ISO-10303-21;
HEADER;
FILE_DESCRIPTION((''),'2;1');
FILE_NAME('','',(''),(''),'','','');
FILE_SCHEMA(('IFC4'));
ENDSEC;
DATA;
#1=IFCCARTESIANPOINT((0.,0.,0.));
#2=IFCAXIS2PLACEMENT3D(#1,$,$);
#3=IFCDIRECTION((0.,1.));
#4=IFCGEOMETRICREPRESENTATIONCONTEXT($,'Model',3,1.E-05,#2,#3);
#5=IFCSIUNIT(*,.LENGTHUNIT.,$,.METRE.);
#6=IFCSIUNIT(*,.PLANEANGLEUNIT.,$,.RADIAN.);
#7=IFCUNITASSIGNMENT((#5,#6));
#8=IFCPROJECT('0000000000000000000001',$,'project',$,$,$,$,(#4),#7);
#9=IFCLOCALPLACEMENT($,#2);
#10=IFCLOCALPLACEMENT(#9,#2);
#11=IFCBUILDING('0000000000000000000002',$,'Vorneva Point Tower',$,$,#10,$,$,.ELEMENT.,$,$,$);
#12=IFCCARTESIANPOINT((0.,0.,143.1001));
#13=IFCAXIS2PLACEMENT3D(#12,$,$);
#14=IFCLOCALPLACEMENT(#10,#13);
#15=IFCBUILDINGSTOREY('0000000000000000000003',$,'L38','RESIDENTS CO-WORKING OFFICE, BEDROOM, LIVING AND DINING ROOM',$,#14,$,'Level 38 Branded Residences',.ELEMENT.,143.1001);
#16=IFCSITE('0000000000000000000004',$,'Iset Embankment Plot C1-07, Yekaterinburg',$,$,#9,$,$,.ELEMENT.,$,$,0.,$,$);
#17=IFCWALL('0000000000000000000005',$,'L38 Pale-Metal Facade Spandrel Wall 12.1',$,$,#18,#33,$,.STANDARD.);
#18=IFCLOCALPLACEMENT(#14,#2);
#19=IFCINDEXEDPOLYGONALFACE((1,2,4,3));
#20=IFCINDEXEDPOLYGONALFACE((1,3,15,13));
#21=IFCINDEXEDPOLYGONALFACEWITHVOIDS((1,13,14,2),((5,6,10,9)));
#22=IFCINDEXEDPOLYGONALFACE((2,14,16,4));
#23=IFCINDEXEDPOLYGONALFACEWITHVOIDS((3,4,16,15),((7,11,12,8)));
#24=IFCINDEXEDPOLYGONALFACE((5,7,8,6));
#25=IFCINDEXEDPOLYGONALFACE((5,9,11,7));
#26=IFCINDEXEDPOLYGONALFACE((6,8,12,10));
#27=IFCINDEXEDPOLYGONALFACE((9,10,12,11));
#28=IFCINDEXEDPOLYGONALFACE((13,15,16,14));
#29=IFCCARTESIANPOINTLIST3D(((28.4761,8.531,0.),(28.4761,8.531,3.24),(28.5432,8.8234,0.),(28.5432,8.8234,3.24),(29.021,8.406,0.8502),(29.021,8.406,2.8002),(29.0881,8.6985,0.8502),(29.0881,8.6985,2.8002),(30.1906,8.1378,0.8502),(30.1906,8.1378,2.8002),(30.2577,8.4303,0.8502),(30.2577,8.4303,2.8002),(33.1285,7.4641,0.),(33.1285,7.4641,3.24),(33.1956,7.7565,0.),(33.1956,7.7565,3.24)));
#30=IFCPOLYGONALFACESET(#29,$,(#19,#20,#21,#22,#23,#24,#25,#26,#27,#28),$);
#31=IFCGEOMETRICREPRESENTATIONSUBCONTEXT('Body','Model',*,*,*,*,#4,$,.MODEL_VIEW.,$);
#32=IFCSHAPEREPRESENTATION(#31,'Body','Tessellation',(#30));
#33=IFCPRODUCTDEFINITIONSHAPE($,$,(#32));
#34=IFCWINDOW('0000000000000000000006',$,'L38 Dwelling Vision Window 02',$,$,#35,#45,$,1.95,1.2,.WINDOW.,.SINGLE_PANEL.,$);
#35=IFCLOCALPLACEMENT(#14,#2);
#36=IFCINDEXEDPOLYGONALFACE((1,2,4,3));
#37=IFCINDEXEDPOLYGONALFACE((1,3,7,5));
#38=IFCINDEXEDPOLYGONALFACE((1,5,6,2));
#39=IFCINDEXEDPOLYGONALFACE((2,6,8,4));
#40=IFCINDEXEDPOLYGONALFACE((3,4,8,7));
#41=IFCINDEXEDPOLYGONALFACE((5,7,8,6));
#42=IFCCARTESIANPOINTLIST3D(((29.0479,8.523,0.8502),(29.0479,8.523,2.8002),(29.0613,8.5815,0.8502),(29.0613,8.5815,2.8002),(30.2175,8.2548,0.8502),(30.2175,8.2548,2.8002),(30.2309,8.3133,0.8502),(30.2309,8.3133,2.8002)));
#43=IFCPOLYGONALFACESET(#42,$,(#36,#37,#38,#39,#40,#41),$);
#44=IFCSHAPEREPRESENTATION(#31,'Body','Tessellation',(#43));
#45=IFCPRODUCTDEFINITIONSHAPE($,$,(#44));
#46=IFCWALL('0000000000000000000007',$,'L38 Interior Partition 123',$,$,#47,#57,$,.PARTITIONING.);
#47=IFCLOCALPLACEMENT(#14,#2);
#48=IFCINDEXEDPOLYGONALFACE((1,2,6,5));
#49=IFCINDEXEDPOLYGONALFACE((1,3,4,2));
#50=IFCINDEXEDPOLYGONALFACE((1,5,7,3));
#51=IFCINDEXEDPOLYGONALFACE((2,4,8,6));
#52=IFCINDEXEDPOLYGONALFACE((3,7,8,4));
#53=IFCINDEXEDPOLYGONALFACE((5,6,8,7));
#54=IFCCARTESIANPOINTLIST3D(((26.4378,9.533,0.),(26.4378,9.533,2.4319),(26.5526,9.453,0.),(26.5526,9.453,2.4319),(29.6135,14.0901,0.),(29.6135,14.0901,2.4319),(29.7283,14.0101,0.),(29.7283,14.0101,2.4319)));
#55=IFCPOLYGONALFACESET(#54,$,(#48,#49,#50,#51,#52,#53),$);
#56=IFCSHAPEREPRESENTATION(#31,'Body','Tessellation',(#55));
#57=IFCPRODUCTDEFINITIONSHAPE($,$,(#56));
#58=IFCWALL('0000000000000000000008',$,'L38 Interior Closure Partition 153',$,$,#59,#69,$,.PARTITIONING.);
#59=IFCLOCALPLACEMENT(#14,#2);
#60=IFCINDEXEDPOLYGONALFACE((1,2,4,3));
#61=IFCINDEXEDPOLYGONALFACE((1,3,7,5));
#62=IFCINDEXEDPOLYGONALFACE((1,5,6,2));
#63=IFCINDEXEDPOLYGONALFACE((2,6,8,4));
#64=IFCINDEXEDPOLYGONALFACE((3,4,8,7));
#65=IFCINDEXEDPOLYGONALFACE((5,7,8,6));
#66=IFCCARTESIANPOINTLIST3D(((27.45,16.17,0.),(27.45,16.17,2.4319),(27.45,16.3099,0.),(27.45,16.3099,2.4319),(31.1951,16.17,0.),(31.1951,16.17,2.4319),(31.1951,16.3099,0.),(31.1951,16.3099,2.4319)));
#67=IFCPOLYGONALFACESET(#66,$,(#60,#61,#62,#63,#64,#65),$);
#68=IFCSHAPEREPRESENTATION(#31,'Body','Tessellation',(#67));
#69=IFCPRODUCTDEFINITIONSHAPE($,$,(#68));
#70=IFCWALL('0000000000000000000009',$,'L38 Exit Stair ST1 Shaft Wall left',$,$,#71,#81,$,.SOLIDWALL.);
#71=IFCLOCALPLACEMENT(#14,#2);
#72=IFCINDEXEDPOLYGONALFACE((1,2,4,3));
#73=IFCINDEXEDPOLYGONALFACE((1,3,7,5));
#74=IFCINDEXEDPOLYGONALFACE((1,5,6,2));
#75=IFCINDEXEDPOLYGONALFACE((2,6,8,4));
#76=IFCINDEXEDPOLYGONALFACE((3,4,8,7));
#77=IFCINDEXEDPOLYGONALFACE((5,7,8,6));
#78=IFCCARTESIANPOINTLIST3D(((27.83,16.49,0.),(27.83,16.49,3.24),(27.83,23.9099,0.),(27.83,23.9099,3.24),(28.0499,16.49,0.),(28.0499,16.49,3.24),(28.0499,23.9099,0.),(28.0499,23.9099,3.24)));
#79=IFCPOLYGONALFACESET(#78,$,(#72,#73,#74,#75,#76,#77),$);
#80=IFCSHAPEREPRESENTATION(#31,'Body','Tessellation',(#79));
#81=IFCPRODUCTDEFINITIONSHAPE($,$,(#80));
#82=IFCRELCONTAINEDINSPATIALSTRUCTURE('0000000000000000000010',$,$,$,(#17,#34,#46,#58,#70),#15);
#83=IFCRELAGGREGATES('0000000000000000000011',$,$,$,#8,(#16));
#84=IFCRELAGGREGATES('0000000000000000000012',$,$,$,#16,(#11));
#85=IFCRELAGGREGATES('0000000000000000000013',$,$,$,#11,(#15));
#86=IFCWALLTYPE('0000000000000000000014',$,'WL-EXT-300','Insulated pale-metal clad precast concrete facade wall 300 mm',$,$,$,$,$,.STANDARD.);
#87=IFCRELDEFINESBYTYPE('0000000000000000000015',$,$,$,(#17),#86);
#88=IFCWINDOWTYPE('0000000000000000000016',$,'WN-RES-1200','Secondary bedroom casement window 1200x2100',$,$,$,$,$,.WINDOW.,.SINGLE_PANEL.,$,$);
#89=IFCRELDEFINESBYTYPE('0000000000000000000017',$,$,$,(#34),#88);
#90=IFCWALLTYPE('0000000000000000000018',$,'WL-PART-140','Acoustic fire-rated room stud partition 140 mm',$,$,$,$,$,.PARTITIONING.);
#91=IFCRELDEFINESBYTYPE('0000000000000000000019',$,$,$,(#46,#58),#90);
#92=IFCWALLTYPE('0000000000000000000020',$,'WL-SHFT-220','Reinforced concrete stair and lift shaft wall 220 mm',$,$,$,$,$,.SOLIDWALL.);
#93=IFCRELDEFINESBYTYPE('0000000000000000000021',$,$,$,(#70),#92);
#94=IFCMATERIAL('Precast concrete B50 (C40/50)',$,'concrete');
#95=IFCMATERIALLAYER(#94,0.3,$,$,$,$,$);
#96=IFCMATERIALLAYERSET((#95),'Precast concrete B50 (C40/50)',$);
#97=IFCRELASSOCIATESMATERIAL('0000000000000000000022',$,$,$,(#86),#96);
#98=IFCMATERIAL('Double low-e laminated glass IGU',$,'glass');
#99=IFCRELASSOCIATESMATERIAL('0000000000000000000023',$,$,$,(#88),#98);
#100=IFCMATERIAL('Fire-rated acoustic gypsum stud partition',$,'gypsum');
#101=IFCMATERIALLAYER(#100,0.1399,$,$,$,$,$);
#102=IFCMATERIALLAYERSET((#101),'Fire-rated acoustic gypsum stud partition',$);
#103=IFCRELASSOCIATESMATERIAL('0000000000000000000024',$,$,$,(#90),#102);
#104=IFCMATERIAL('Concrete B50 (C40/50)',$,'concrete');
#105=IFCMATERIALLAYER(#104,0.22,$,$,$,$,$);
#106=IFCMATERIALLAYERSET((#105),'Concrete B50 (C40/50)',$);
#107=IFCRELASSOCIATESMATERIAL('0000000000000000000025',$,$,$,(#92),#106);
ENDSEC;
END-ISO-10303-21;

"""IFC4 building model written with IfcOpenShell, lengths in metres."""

from ifc_helpers import new_model, si_unit, direction, frame, frame_2d, origin, place, context, subcontext, project, spatial, rectangle, extrude, material, layer, layer_set, type_object, element, fill, save


model = new_model("IFC4")

# Units and contexts
model_context = context("Model", 3, precision=1e-05, world=origin(), true_north=direction((0.0, 1.0)))
body_context = subcontext(model_context, "Body", "Model", "MODEL_VIEW")
ifc_project = project(units=[si_unit("LENGTHUNIT", "METRE"), si_unit("PLANEANGLEUNIT", "RADIAN")], contexts=[model_context])

# Site, building, storey
site_placement = place(None, origin())
site = spatial("IfcSite", under=ifc_project, at=site_placement, Name="Iset Embankment Plot C1-07, Yekaterinburg", CompositionType="ELEMENT", RefElevation=0.0)
building_placement = place(site_placement, origin())
building = spatial("IfcBuilding", under=site, at=building_placement, Name="Vorneva Point Tower", CompositionType="ELEMENT")
storey_placement = place(building_placement, frame((0.0, 0.0, 143.1001)))
storey = spatial("IfcBuildingStorey", under=building, at=storey_placement, Name="L38", Description="RESIDENTS CO-WORKING OFFICE, BEDROOM, LIVING AND DINING ROOM", LongName="Level 38 Branded Residences", CompositionType="ELEMENT", Elevation=143.1001)

# Wall, opening, window
ifc_material_1 = material(Name="Precast concrete B50 (C40/50)", Category="concrete")
ifc_layer_1 = layer(ifc_material_1, 0.3)
ifc_layer_set_1 = layer_set([ifc_layer_1], Name="Precast concrete B50 (C40/50)")
wall_type_1 = type_object("IfcWallType", Name="WL-EXT-300", Description="Insulated pale-metal clad precast concrete facade wall 300 mm", PredefinedType="STANDARD", material=ifc_layer_set_1)
wall_1_placement = place(storey_placement, frame((28.5095, 8.6772, 0.0), z_axis=(0.0, 0.0, 1.0), x_axis=(0.974699, -0.223522, 0.0)))
wall_1 = element("IfcWall", 1, at=wall_1_placement, inside=storey, type_object=wall_type_1, Name="L38 Pale-Metal Facade Spandrel Wall 12.1", PredefinedType="STANDARD", context=body_context, shape_type="SweptSolid", body=[
    extrude(rectangle(XDim=4.7732, YDim=0.3, at=frame_2d((2.3867, 0.0))), origin(), (0.0, 0.0, 1.0), 3.24),
])
opening_placement = place(wall_1_placement, frame((0.5591, 0.0, 0.8501)))
opening = element("IfcOpeningElement", 2, at=opening_placement, cuts=wall_1, PredefinedType="OPENING", context=body_context, shape_type="SweptSolid", body=[
    extrude(rectangle(XDim=1.2, YDim=1.95, at=frame_2d((0.6001, 0.9751))), frame((0.0, 0.165, 0.0), z_axis=(0.0, -1.0, 0.0), x_axis=(1.0, 0.0, 0.0)), (0.0, 0.0, 1.0), 0.3298),
])
ifc_material_2 = material(Name="Double low-e laminated glass IGU", Category="glass")
window_type = type_object("IfcWindowType", Name="WN-RES-1200", Description="Secondary bedroom casement window 1200x2100", PartitioningType="SINGLE_PANEL", PredefinedType="WINDOW", material=ifc_material_2)
window_placement = place(opening_placement, origin())
window = element("IfcWindow", 3, at=window_placement, inside=storey, type_object=window_type, Name="L38 Dwelling Vision Window 02", OverallHeight=1.95, OverallWidth=1.2, PartitioningType="SINGLE_PANEL", PredefinedType="WINDOW", context=body_context, shape_type="SweptSolid", body=[
    extrude(rectangle(XDim=1.2, YDim=1.95, at=frame_2d((0.6001, 0.9751))), frame((0.0, 0.03, 0.0), z_axis=(0.0, -1.0, 0.0), x_axis=(1.0, 0.0, 0.0)), (0.0, 0.0, 1.0), 0.0601),
])
fill(opening, window)

# Walls
ifc_material_3 = material(Name="Fire-rated acoustic gypsum stud partition", Category="gypsum")
ifc_layer_2 = layer(ifc_material_3, 0.1399)
ifc_layer_set_2 = layer_set([ifc_layer_2], Name="Fire-rated acoustic gypsum stud partition")
wall_type_2 = type_object("IfcWallType", Name="WL-PART-140", Description="Acoustic fire-rated room stud partition 140 mm", PredefinedType="PARTITIONING", material=ifc_layer_set_2)
wall_2_placement = place(storey_placement, frame((26.4951, 9.4929, 0.0), z_axis=(0.0, 0.0, 1.0), x_axis=(0.571744, 0.820432, 0.0)))
element("IfcWall", 4, at=wall_2_placement, inside=storey, type_object=wall_type_2, Name="L38 Interior Partition 123", PredefinedType="PARTITIONING", context=body_context, shape_type="SweptSolid", body=[
    extrude(rectangle(XDim=5.5544, YDim=0.1399, at=frame_2d((2.7773, 0.0))), origin(), (0.0, 0.0, 1.0), 2.4319),
])
wall_3_placement = place(storey_placement, frame((27.45, 16.24, 0.0), z_axis=(0.0, 0.0, 1.0), x_axis=(1.0, 0.0, 0.0)))
element("IfcWall", 5, at=wall_3_placement, inside=storey, type_object=wall_type_2, Name="L38 Interior Closure Partition 153", PredefinedType="PARTITIONING", context=body_context, shape_type="SweptSolid", body=[
    extrude(rectangle(XDim=3.7451, YDim=0.1399, at=frame_2d((1.8726, 0.0))), origin(), (0.0, 0.0, 1.0), 2.4319),
])
ifc_material_4 = material(Name="Concrete B50 (C40/50)", Category="concrete")
ifc_layer_3 = layer(ifc_material_4, 0.22)
ifc_layer_set_3 = layer_set([ifc_layer_3], Name="Concrete B50 (C40/50)")
wall_type_3 = type_object("IfcWallType", Name="WL-SHFT-220", Description="Reinforced concrete stair and lift shaft wall 220 mm", PredefinedType="SOLIDWALL", material=ifc_layer_set_3)
wall_4_placement = place(storey_placement, frame((27.9399, 16.49, 0.0), z_axis=(0.0, 0.0, 1.0), x_axis=(0.0, 1.0, 0.0)))
element("IfcWall", 6, at=wall_4_placement, inside=storey, type_object=wall_type_3, Name="L38 Exit Stair ST1 Shaft Wall left", PredefinedType="SOLIDWALL", context=body_context, shape_type="SweptSolid", body=[
    extrude(rectangle(XDim=7.4199, YDim=0.22, at=frame_2d((3.71, 0.0))), origin(), (0.0, 0.0, 1.0), 3.24),
])

save(model, "model.ifc")
